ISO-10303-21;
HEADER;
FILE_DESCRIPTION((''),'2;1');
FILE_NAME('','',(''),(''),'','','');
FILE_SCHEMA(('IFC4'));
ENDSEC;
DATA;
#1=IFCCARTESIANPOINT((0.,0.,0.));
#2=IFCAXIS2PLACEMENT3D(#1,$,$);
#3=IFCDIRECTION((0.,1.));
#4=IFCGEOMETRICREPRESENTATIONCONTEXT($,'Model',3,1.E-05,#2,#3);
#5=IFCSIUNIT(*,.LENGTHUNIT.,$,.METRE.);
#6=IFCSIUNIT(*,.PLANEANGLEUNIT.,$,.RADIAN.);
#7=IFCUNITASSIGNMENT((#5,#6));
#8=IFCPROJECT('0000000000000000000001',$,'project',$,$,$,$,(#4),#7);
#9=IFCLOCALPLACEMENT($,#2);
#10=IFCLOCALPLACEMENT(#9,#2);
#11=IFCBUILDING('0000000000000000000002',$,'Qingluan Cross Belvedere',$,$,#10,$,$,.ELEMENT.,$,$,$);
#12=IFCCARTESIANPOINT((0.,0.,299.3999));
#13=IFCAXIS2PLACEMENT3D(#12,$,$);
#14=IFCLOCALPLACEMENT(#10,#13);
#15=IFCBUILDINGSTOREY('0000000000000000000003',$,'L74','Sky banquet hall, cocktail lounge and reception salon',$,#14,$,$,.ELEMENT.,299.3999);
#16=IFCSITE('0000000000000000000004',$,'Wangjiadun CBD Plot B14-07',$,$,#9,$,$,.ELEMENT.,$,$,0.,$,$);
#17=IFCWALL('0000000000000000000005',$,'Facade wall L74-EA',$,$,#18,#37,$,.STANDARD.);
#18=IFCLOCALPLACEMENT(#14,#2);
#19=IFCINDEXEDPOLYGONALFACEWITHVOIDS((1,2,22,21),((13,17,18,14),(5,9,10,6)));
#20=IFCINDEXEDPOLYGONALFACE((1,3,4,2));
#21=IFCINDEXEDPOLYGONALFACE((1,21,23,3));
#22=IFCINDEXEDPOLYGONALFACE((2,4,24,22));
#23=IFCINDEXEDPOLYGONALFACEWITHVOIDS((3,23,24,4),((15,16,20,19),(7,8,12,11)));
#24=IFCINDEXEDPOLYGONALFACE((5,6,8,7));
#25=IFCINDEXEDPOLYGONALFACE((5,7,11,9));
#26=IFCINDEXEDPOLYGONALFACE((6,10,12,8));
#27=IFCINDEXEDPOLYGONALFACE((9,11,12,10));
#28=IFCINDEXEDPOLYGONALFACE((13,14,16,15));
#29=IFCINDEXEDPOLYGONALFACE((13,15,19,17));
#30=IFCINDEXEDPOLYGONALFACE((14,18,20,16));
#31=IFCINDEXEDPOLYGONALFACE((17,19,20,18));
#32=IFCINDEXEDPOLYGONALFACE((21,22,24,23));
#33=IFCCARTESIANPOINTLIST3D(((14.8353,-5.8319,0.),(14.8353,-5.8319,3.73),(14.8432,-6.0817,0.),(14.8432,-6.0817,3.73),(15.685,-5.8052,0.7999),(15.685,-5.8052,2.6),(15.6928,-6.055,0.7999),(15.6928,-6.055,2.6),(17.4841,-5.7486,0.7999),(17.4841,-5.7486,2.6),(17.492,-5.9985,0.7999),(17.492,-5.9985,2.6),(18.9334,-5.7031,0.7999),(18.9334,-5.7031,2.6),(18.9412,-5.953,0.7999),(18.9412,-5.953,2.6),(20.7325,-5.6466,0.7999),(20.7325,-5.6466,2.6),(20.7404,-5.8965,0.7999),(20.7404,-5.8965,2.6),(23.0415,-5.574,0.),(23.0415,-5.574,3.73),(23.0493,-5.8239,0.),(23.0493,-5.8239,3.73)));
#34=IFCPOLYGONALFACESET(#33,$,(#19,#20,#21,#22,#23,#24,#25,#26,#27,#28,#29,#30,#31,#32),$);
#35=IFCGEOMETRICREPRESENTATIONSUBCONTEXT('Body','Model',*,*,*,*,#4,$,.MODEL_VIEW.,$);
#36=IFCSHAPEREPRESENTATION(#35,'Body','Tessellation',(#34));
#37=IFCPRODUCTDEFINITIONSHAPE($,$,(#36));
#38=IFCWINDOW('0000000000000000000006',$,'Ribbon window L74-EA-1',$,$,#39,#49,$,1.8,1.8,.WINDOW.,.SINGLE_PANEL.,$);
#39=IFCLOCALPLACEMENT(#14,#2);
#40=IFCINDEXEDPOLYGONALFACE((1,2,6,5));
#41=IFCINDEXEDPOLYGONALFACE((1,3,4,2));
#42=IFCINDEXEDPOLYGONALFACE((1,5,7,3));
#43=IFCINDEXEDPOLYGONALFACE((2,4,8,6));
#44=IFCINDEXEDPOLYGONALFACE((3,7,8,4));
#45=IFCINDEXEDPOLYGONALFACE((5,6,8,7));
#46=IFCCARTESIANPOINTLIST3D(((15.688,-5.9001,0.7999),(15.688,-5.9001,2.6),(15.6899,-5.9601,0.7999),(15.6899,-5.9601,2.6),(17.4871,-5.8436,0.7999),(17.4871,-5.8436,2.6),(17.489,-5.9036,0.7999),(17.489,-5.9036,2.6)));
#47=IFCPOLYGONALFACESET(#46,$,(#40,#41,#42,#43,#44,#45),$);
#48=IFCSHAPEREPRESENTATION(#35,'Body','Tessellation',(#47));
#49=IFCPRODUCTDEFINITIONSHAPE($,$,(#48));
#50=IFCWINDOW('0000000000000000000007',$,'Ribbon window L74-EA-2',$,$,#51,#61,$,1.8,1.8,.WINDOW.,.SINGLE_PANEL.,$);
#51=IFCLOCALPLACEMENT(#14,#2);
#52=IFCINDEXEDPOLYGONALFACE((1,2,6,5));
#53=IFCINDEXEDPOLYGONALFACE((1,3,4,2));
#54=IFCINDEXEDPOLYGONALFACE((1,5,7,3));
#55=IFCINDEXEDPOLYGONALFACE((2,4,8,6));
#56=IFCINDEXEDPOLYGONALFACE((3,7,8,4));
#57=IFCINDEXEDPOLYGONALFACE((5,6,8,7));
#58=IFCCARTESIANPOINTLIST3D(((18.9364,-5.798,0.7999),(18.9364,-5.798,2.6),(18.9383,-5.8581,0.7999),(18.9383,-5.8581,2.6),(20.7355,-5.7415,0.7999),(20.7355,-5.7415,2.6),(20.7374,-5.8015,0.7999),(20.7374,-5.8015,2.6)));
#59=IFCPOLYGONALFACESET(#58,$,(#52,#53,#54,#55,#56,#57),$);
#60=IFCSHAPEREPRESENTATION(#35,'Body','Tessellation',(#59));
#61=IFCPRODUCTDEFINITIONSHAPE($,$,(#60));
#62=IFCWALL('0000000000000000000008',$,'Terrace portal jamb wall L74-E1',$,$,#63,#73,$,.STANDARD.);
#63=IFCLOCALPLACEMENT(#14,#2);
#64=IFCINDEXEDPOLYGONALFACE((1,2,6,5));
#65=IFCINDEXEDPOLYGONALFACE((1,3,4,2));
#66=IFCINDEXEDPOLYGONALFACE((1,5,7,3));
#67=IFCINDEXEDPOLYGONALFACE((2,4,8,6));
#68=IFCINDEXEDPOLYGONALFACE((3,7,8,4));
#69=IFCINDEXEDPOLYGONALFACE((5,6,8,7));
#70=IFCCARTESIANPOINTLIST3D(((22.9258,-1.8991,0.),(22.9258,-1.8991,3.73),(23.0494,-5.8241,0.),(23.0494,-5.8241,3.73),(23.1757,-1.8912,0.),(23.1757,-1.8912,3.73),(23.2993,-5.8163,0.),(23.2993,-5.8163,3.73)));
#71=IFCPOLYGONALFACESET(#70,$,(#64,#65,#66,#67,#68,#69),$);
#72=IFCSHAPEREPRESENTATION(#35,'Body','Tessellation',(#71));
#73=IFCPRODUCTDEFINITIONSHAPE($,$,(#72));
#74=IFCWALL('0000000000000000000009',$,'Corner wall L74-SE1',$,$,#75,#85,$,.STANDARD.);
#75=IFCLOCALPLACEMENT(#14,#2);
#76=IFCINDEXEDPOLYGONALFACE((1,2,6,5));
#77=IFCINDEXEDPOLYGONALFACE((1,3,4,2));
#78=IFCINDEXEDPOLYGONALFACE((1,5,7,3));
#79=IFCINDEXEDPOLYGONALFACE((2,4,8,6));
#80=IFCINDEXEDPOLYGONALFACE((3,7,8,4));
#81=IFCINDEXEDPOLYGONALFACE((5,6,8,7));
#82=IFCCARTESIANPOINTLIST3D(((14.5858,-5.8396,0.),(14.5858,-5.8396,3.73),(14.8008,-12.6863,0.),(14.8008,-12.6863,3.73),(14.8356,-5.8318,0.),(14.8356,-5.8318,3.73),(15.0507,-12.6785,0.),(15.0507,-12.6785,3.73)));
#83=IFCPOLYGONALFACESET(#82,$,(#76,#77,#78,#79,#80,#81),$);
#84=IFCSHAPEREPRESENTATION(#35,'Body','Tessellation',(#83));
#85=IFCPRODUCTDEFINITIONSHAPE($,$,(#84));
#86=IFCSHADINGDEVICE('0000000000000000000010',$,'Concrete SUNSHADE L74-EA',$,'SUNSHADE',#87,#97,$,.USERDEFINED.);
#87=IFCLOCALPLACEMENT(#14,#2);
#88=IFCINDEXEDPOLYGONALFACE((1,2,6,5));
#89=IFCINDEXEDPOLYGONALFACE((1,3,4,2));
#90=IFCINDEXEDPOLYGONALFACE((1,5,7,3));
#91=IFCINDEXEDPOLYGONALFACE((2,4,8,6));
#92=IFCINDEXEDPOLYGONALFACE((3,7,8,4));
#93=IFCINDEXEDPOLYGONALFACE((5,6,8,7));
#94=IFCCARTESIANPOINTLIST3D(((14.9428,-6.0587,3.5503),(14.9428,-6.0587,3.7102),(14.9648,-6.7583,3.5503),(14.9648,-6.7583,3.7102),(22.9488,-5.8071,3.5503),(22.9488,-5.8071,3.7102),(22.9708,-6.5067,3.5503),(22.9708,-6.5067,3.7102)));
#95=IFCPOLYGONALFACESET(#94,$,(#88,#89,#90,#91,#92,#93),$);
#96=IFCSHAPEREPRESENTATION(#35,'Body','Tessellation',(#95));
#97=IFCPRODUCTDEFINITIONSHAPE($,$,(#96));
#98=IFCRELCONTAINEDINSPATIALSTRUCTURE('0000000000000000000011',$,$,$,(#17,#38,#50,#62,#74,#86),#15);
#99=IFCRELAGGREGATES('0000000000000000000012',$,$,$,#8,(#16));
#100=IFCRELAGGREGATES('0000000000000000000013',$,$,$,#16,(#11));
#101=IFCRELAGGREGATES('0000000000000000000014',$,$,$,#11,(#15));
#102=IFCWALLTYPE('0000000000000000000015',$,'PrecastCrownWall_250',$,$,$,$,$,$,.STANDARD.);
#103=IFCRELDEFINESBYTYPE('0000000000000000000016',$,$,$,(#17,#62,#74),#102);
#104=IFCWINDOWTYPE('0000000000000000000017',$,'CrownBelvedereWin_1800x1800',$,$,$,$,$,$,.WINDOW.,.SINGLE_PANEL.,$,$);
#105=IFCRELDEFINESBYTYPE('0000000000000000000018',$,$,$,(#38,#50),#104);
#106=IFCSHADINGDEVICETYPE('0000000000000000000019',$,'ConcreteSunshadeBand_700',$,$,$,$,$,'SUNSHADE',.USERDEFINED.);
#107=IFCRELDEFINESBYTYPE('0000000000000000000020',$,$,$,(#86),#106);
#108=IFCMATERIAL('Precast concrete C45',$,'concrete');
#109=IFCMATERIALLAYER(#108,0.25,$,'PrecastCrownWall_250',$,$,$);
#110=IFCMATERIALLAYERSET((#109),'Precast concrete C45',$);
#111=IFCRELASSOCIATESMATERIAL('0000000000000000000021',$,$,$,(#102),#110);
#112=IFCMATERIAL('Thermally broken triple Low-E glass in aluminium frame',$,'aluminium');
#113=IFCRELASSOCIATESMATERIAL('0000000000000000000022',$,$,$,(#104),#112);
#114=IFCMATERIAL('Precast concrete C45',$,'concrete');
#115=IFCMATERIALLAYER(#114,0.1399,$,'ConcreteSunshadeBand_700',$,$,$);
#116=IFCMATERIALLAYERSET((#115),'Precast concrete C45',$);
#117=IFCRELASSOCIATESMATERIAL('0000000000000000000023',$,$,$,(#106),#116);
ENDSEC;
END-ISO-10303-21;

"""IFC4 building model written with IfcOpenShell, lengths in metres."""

from ifc_helpers import new_model, si_unit, direction, frame, frame_2d, origin, origin_2d, place, context, subcontext, project, spatial, rectangle, extrude, material, layer, layer_set, type_object, element, fill, save


model = new_model("IFC4")

# Units and contexts
model_context = context("Model", 3, precision=1e-05, world=origin(), true_north=direction((0.0, 1.0)))
body_context = subcontext(model_context, "Body", "Model", "MODEL_VIEW")
ifc_project = project(units=[si_unit("LENGTHUNIT", "METRE"), si_unit("PLANEANGLEUNIT", "RADIAN")], contexts=[model_context])

# Site, building, storey
site_placement = place(None, origin())
site = spatial("IfcSite", under=ifc_project, at=site_placement, Name="Wangjiadun CBD Plot B14-07", CompositionType="ELEMENT", RefElevation=0.0)
building_placement = place(site_placement, origin())
building = spatial("IfcBuilding", under=site, at=building_placement, Name="Qingluan Cross Belvedere", CompositionType="ELEMENT")
storey_placement = place(building_placement, frame((0.0, 0.0, 299.3999)))
storey = spatial("IfcBuildingStorey", under=building, at=storey_placement, Name="L74", Description="Sky banquet hall, cocktail lounge and reception salon", CompositionType="ELEMENT", Elevation=299.3999)

# Wall, openings, windows
ifc_material_1 = material(Name="Precast concrete C45", Category="concrete")
ifc_layer_1 = layer(ifc_material_1, 0.25, Name="PrecastCrownWall_250")
ifc_layer_set_1 = layer_set([ifc_layer_1], Name="Precast concrete C45")
wall_type_1 = type_object("IfcWallType", Name="PrecastCrownWall_250", PredefinedType="STANDARD", material=ifc_layer_set_1)
wall_1_placement = place(storey_placement, frame((14.8394, -5.9568, 0.0), z_axis=(0.0, 0.0, 1.0), x_axis=(0.999507, 0.031402, 0.0)))
wall_1 = element("IfcWall", 1, at=wall_1_placement, inside=storey, type_object=wall_type_1, Name="Facade wall L74-EA", PredefinedType="STANDARD", context=body_context, shape_type="SweptSolid", body=[
    extrude(rectangle(XDim=8.2102, YDim=0.25, at=frame_2d((4.105, 0.0))), origin(), (0.0, 0.0, 1.0), 3.73),
])
opening_1_placement = place(wall_1_placement, frame((0.8501, 0.0, 0.8)))
opening_1 = element("IfcOpeningElement", 2, at=opening_1_placement, cuts=wall_1, PredefinedType="OPENING", context=body_context, shape_type="SweptSolid", body=[
    extrude(rectangle(XDim=1.8, YDim=1.8, at=frame_2d((0.8999, 0.8999))), frame((0.0, 0.135, 0.0), z_axis=(0.0, -1.0, 0.0), x_axis=(1.0, 0.0, 0.0)), (0.0, 0.0, 1.0), 0.27),
])
opening_2_placement = place(wall_1_placement, frame((4.1001, 0.0, 0.8)))
opening_2 = element("IfcOpeningElement", 3, at=opening_2_placement, cuts=wall_1, PredefinedType="OPENING", context=body_context, shape_type="SweptSolid", body=[
    extrude(rectangle(XDim=1.8, YDim=1.8, at=frame_2d((0.8999, 0.8999))), frame((0.0, 0.135, 0.0), z_axis=(0.0, -1.0, 0.0), x_axis=(1.0, 0.0, 0.0)), (0.0, 0.0, 1.0), 0.27),
])
ifc_material_2 = material(Name="Thermally broken triple Low-E glass in aluminium frame", Category="aluminium")
window_type = type_object("IfcWindowType", Name="CrownBelvedereWin_1800x1800", PartitioningType="SINGLE_PANEL", PredefinedType="WINDOW", material=ifc_material_2)
window_1_placement = place(opening_1_placement, origin())
window_1 = element("IfcWindow", 4, at=window_1_placement, inside=storey, type_object=window_type, Name="Ribbon window L74-EA-1", OverallHeight=1.8, OverallWidth=1.8, PartitioningType="SINGLE_PANEL", PredefinedType="WINDOW", context=body_context, shape_type="SweptSolid", body=[
    extrude(rectangle(XDim=1.8, YDim=1.8, at=frame_2d((0.8999, 0.8999))), frame((0.0, 0.03, 0.0), z_axis=(0.0, -1.0, 0.0), x_axis=(1.0, 0.0, 0.0)), (0.0, 0.0, 1.0), 0.0601),
])
fill(opening_1, window_1)
window_2_placement = place(opening_2_placement, origin())
window_2 = element("IfcWindow", 5, at=window_2_placement, inside=storey, type_object=window_type, Name="Ribbon window L74-EA-2", OverallHeight=1.8, OverallWidth=1.8, PartitioningType="SINGLE_PANEL", PredefinedType="WINDOW", context=body_context, shape_type="SweptSolid", body=[
    extrude(rectangle(XDim=1.8, YDim=1.8, at=frame_2d((0.8999, 0.8999))), frame((0.0, 0.03, 0.0), z_axis=(0.0, -1.0, 0.0), x_axis=(1.0, 0.0, 0.0)), (0.0, 0.0, 1.0), 0.0601),
])
fill(opening_2, window_2)

# Walls
wall_2_placement = place(storey_placement, frame((23.1743, -5.8201, 0.0), z_axis=(0.0, 0.0, 1.0), x_axis=(-0.031458, 0.999505, 0.0)))
element("IfcWall", 6, at=wall_2_placement, inside=storey, type_object=wall_type_1, Name="Terrace portal jamb wall L74-E1", PredefinedType="STANDARD", context=body_context, shape_type="SweptSolid", body=[
    extrude(rectangle(XDim=3.927, YDim=0.25, at=frame_2d((1.9634, 0.0))), origin(), (0.0, 0.0, 1.0), 3.73),
])
wall_3_placement = place(storey_placement, frame((14.7107, -5.8357, 0.0), z_axis=(0.0, 0.0, 1.0), x_axis=(0.031399, -0.999507, 0.0)))
element("IfcWall", 7, at=wall_3_placement, inside=storey, type_object=wall_type_1, Name="Corner wall L74-SE1", PredefinedType="STANDARD", context=body_context, shape_type="SweptSolid", body=[
    extrude(rectangle(XDim=6.8501, YDim=0.25, at=frame_2d((3.425, 0.0))), origin(), (0.0, 0.0, 1.0), 3.73),
])

# Shading device
ifc_material_3 = material(Name="Precast concrete C45", Category="concrete")
ifc_layer_2 = layer(ifc_material_3, 0.1399, Name="ConcreteSunshadeBand_700")
ifc_layer_set_2 = layer_set([ifc_layer_2], Name="Precast concrete C45")
shading_device_type = type_object("IfcShadingDeviceType", Name="ConcreteSunshadeBand_700", ElementType="SUNSHADE", PredefinedType="USERDEFINED", material=ifc_layer_set_2)
shading_device_placement = place(storey_placement, frame((18.9568, -6.2827, 3.5503), z_axis=(0.0, 0.0, 1.0), x_axis=(0.999506, 0.031413, 0.0)))
element("IfcShadingDevice", 8, at=shading_device_placement, inside=storey, type_object=shading_device_type, Name="Concrete SUNSHADE L74-EA", ObjectType="SUNSHADE", PredefinedType="USERDEFINED", context=body_context, shape_type="SweptSolid", body=[
    extrude(rectangle(XDim=8.01, YDim=0.7, at=origin_2d()), origin(), (0.0, 0.0, 1.0), 0.1599),
])

save(model, "model.ifc")
